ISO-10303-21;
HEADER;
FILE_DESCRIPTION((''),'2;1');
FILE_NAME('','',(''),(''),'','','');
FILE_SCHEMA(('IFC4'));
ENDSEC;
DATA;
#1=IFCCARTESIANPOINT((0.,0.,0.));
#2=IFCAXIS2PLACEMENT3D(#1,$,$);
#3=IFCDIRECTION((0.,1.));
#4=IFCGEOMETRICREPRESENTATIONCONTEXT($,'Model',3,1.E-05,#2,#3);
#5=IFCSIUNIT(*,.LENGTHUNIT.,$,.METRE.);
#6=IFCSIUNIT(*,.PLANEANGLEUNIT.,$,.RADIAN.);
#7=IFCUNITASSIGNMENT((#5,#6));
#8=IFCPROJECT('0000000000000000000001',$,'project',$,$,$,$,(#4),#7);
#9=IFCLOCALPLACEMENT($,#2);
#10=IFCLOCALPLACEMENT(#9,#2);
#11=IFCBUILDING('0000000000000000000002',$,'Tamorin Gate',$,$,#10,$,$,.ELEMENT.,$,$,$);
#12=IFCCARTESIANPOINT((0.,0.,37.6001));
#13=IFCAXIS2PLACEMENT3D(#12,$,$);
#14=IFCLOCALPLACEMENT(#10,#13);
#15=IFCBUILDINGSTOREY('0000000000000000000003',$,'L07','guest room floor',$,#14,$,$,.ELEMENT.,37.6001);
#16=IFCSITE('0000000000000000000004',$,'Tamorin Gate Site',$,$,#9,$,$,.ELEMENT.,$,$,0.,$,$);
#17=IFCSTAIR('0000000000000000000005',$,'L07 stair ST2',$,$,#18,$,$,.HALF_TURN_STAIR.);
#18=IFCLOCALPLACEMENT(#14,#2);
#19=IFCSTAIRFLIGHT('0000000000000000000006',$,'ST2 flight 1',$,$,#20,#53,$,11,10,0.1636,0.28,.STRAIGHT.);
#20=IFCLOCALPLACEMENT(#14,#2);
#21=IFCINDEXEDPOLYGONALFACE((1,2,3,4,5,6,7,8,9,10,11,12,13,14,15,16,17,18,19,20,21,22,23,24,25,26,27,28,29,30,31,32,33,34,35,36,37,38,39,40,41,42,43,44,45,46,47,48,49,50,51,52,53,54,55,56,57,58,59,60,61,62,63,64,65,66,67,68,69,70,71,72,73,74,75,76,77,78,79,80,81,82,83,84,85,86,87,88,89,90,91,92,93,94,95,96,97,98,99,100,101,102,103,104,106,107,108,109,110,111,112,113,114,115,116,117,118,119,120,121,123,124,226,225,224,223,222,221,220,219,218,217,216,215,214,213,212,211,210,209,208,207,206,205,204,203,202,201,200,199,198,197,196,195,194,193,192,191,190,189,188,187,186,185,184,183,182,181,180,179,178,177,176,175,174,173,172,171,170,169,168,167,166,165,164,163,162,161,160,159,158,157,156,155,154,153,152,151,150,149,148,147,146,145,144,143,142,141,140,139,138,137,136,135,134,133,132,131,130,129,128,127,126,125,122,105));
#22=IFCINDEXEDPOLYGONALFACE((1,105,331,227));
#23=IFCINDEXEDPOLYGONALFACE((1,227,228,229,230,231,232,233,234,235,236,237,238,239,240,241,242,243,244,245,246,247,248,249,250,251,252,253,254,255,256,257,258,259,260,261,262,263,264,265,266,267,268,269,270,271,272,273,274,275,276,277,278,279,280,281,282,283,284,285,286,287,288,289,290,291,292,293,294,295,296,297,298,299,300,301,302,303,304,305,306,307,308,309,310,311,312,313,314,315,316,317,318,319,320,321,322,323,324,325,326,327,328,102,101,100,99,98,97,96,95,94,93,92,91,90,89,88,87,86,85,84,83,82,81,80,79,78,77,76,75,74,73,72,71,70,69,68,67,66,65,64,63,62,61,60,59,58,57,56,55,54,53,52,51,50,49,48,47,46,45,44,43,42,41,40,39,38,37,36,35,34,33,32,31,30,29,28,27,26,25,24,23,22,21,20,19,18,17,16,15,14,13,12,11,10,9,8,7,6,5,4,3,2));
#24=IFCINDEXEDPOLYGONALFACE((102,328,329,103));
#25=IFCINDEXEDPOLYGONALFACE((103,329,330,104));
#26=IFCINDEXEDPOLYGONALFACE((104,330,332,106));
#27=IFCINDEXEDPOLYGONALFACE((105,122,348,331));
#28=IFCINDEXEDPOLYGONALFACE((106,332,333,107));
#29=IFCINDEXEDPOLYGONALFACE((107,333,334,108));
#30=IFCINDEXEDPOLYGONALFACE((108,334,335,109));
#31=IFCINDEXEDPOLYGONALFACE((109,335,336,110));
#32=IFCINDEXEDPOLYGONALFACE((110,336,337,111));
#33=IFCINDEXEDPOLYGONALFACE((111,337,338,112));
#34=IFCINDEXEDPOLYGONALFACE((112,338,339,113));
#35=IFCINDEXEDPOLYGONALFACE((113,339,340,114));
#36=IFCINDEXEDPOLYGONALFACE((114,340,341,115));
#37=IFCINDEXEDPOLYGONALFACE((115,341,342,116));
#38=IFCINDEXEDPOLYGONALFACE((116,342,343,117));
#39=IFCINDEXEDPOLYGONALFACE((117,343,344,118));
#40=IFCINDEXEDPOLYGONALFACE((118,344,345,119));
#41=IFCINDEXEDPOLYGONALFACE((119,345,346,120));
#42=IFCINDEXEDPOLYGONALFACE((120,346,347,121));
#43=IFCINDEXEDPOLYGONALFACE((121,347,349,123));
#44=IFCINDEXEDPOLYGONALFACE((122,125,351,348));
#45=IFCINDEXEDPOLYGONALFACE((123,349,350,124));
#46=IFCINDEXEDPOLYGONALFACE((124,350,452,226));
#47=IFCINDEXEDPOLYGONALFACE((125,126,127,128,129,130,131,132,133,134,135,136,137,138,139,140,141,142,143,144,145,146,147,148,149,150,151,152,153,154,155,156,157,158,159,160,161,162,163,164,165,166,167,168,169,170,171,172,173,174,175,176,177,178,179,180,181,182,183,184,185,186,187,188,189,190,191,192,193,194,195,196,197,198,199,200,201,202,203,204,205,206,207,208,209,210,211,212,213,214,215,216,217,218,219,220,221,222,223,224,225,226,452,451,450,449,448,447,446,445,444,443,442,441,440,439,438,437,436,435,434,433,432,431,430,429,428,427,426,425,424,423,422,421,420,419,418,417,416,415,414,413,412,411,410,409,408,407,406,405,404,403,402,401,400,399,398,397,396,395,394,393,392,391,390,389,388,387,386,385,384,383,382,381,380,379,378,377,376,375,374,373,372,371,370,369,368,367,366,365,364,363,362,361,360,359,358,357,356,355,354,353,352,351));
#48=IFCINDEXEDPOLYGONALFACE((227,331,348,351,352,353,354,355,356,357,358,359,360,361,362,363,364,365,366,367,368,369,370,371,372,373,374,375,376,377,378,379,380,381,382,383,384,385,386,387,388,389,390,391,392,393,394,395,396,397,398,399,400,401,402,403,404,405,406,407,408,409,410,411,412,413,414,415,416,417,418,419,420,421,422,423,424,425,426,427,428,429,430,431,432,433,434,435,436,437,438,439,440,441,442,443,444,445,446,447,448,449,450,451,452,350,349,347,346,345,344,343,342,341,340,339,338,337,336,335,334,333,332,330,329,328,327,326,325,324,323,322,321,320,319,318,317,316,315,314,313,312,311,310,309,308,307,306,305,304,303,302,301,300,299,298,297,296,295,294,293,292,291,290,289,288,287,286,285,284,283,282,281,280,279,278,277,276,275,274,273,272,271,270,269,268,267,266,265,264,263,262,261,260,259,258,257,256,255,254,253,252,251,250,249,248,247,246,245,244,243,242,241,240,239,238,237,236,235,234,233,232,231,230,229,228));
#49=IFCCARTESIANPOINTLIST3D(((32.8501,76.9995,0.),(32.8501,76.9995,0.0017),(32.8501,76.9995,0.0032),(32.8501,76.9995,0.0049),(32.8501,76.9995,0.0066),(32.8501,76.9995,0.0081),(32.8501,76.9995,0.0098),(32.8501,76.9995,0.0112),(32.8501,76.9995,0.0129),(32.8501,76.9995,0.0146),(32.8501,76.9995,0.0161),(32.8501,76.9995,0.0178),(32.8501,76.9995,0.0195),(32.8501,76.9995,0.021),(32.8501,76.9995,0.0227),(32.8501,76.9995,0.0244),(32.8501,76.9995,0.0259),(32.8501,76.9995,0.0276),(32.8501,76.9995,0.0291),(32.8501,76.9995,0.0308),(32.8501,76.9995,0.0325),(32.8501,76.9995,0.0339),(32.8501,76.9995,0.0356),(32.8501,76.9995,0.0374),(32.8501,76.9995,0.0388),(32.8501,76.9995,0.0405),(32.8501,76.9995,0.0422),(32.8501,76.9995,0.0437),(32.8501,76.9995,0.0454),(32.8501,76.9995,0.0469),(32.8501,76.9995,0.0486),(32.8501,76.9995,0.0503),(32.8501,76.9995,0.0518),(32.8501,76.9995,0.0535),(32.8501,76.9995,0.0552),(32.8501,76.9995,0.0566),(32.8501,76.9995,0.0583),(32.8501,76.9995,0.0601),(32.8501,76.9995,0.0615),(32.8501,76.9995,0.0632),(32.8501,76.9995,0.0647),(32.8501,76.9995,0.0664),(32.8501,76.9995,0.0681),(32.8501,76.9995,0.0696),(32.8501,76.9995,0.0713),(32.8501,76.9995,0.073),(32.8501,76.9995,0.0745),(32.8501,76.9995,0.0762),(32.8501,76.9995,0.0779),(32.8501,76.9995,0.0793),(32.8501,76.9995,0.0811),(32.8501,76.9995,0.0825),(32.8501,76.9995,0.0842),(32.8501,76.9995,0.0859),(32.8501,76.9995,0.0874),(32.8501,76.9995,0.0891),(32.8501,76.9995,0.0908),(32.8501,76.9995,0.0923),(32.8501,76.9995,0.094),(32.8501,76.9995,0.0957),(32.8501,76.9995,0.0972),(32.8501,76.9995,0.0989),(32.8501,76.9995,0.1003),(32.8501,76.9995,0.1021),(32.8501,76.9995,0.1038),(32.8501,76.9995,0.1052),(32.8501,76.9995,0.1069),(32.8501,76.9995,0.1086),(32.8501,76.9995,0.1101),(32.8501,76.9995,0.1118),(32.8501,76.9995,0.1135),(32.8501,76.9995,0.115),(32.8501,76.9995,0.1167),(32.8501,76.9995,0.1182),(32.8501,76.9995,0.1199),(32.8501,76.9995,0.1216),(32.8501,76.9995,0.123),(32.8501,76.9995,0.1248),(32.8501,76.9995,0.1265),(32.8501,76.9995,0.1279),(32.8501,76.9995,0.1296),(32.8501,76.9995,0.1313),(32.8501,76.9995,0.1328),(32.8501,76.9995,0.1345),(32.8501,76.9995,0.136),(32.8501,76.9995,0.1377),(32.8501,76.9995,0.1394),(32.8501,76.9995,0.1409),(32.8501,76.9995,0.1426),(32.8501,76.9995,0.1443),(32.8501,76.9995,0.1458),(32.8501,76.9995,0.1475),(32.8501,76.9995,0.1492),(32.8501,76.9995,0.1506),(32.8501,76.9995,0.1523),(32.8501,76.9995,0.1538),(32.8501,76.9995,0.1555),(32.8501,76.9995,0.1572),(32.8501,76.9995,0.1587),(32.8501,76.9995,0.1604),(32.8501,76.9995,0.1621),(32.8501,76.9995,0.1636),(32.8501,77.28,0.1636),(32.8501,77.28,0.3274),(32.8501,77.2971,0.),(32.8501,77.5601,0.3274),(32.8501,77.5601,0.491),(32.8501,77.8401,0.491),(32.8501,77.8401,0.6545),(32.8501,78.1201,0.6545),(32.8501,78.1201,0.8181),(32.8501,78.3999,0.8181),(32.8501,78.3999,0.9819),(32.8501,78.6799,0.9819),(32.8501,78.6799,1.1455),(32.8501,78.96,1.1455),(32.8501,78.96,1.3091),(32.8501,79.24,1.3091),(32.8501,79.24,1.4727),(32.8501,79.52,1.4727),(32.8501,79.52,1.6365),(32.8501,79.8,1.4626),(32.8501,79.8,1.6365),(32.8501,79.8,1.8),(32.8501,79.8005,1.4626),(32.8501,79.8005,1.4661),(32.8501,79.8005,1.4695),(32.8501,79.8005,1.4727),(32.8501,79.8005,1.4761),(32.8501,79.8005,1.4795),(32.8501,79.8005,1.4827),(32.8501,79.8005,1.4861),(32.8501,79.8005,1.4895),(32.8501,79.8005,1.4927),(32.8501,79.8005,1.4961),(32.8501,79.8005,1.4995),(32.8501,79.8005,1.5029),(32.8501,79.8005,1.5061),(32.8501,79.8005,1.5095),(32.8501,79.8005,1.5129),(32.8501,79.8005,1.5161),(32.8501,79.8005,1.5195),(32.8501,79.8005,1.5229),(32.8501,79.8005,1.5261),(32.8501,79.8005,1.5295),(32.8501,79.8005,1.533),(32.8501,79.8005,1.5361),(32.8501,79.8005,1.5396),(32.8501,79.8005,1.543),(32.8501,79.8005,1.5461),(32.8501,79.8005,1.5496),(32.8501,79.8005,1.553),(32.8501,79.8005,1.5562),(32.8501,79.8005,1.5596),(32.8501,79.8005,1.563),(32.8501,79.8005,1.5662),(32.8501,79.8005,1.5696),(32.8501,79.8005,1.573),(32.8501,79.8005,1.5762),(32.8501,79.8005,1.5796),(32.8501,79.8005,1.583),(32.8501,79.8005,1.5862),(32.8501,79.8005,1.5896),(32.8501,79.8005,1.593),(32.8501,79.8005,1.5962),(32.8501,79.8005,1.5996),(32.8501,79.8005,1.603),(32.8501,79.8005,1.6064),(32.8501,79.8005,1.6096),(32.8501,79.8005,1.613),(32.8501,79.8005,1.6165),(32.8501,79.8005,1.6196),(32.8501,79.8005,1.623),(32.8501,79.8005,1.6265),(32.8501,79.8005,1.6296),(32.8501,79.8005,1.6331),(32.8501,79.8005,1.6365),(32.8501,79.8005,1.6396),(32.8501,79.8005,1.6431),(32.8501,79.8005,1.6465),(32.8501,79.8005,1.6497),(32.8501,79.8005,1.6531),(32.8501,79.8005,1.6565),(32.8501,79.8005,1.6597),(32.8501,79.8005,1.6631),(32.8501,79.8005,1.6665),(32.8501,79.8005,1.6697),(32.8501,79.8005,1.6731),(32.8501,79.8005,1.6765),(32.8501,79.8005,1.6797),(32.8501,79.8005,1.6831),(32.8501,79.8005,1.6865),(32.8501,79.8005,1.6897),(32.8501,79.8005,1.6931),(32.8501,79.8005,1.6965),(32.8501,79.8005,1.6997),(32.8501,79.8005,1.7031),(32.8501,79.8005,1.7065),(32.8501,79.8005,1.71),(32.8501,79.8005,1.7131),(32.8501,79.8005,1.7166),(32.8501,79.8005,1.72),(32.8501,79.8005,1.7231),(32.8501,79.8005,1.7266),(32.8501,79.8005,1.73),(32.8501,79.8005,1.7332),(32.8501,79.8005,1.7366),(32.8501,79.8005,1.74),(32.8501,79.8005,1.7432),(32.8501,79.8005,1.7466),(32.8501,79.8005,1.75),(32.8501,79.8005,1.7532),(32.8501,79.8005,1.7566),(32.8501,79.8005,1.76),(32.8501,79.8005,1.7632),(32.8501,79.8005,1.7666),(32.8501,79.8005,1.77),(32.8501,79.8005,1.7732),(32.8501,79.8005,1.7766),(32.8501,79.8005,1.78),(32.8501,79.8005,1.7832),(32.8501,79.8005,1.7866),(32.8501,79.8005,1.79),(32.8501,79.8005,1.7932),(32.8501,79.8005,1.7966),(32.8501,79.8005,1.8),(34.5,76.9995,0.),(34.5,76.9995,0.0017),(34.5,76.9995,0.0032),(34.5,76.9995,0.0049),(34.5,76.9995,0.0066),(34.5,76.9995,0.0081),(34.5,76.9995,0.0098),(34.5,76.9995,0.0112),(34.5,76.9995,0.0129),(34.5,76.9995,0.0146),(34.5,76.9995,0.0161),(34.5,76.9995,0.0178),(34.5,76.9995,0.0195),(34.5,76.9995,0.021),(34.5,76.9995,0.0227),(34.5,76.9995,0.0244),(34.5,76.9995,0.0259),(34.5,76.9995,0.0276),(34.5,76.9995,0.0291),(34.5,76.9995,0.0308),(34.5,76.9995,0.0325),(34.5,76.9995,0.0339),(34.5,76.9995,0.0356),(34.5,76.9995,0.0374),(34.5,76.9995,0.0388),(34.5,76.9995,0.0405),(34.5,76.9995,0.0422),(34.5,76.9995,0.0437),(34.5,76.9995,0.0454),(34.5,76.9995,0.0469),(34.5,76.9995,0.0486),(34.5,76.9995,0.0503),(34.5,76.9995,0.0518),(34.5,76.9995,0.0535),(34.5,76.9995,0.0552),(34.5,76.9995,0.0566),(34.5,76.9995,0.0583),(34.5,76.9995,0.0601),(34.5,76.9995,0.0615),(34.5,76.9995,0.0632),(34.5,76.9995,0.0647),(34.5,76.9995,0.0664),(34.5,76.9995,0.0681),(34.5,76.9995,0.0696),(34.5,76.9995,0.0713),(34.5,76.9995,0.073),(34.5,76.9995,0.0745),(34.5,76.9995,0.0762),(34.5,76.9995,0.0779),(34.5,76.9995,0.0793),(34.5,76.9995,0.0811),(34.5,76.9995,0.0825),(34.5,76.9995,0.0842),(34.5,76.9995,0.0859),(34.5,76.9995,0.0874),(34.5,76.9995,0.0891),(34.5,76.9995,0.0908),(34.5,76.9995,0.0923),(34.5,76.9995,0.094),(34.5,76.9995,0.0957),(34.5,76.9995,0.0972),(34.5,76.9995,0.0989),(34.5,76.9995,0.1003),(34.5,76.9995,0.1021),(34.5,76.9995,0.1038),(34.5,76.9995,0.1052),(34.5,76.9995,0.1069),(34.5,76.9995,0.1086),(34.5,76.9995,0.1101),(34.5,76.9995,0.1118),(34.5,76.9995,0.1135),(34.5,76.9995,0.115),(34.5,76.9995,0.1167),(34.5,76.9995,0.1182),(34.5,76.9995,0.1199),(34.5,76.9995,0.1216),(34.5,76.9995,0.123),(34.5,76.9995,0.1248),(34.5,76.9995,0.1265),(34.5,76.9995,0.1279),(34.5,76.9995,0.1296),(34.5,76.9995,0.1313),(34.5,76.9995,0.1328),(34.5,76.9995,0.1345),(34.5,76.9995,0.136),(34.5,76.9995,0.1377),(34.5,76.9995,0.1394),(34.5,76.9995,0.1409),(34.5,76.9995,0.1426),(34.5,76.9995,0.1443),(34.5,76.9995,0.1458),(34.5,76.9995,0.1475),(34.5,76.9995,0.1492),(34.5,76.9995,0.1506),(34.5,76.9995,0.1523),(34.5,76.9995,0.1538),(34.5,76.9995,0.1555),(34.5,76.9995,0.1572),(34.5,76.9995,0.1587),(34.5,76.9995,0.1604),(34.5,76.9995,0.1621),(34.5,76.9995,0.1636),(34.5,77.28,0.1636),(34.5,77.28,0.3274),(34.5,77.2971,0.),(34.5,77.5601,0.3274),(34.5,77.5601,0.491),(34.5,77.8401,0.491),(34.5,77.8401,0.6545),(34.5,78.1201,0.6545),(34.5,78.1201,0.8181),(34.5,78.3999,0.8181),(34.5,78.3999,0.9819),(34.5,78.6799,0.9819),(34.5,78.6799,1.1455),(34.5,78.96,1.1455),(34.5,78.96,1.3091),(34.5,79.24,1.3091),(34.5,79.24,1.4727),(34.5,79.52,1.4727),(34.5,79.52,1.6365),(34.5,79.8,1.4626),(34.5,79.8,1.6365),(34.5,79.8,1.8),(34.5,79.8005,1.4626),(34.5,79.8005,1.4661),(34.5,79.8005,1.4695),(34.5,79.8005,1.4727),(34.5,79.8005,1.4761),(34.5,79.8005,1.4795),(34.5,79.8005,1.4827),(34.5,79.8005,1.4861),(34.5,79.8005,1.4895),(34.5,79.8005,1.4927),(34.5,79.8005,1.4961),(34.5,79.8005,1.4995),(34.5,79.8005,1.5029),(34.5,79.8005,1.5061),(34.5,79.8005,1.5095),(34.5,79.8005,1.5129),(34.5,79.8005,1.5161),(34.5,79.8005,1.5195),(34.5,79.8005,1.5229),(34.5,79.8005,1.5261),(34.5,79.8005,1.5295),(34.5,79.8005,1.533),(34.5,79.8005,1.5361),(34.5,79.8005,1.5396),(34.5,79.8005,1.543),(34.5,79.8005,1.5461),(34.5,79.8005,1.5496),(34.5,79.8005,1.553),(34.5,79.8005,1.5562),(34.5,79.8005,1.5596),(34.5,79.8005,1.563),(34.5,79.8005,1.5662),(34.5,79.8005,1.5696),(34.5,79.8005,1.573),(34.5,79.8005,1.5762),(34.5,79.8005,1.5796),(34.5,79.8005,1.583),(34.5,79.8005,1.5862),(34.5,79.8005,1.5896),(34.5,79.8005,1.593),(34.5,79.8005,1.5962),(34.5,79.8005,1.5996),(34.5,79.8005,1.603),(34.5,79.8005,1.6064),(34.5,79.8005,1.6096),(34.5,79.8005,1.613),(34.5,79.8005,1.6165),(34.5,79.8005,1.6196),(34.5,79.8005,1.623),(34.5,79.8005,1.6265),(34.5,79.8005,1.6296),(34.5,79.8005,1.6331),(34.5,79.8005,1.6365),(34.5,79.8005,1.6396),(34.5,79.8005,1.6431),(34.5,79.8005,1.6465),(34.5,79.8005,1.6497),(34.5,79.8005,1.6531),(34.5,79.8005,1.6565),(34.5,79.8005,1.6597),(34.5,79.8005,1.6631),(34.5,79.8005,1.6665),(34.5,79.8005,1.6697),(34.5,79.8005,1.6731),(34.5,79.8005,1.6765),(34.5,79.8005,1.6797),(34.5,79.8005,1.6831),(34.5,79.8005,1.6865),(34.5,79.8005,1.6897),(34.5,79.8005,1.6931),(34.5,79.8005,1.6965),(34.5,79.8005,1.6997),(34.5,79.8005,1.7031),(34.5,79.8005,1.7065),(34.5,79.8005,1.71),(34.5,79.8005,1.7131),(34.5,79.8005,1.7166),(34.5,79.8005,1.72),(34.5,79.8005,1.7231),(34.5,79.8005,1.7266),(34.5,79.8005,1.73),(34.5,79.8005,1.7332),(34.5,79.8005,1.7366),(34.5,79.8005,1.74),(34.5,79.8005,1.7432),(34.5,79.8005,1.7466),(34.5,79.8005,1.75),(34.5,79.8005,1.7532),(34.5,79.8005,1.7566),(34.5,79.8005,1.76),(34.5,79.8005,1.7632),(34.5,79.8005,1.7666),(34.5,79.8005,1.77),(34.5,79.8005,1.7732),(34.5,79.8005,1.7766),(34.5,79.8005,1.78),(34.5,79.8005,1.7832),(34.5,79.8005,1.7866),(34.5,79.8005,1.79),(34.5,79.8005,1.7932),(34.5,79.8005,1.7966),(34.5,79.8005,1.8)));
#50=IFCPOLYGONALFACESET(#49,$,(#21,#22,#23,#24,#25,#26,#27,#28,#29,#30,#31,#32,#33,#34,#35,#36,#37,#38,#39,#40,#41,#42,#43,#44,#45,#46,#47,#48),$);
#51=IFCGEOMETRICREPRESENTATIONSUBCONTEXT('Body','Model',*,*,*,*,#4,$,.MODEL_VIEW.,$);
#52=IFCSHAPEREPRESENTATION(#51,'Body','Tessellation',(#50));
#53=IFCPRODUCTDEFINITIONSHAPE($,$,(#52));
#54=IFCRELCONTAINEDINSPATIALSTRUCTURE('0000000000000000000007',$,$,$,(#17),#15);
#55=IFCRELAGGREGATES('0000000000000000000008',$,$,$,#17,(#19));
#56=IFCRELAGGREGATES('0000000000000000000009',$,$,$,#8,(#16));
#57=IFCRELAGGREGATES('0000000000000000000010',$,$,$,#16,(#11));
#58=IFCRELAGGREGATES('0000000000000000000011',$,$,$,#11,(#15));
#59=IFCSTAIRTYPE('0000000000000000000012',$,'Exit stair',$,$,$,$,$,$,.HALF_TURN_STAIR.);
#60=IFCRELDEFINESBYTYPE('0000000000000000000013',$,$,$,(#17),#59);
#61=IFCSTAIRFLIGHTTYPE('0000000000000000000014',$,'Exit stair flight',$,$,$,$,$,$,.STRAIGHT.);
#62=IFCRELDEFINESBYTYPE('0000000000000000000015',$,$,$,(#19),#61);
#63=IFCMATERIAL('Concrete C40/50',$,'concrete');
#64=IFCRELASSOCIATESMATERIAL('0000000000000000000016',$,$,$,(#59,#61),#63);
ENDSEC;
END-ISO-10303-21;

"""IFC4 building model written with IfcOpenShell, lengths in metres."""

from ifc_helpers import new_model, si_unit, direction, frame, origin, place, context, subcontext, project, spatial, polyline, outline, extrude, material, type_object, element, aggregate, save


model = new_model("IFC4")

# Units and contexts
model_context = context("Model", 3, precision=1e-05, world=origin(), true_north=direction((0.0, 1.0)))
body_context = subcontext(model_context, "Body", "Model", "MODEL_VIEW")
ifc_project = project(units=[si_unit("LENGTHUNIT", "METRE"), si_unit("PLANEANGLEUNIT", "RADIAN")], contexts=[model_context])

# Site, building, storey
site_placement = place(None, origin())
site = spatial("IfcSite", under=ifc_project, at=site_placement, Name="Tamorin Gate Site", CompositionType="ELEMENT", RefElevation=0.0)
building_placement = place(site_placement, origin())
building = spatial("IfcBuilding", under=site, at=building_placement, Name="Tamorin Gate", CompositionType="ELEMENT")
storey_placement = place(building_placement, frame((0.0, 0.0, 37.6001)))
storey = spatial("IfcBuildingStorey", under=building, at=storey_placement, Name="L07", Description="guest room floor", CompositionType="ELEMENT", Elevation=37.6001)

# Shared definitions
ifc_material_1 = material(Name="Concrete C40/50", Category="concrete")

# Stair, stair flight
stair_type = type_object("IfcStairType", Name="Exit stair", PredefinedType="HALF_TURN_STAIR", material=ifc_material_1)
stair_placement = place(storey_placement, origin())
stair = element("IfcStair", 1, at=stair_placement, inside=storey, type_object=stair_type, Name="L07 stair ST2", PredefinedType="HALF_TURN_STAIR")
stair_flight_type = type_object("IfcStairFlightType", Name="Exit stair flight", PredefinedType="STRAIGHT", material=ifc_material_1)
stair_flight_1_placement = place(storey_placement, frame((33.675, 77.0, 0.0), z_axis=(0.0, 0.0, 1.0), x_axis=(0.0, 1.0, 0.0)))
stair_flight_1 = element("IfcStairFlight", 2, at=stair_flight_1_placement, type_object=stair_flight_type, Name="ST2 flight 1", NumberOfRisers=11, NumberOfTreads=10, PredefinedType="STRAIGHT", RiserHeight=0.1636, TreadLength=0.28, context=body_context, shape_type="SweptSolid", body=[
    extrude(outline(polyline([(-0.0005, 0.0), (-0.0005, 0.0017), (-0.0005, 0.0032), (-0.0005, 0.0049), (-0.0005, 0.0066), (-0.0005, 0.0081), (-0.0005, 0.0098), (-0.0005, 0.0112), (-0.0005, 0.0129), (-0.0005, 0.0146), (-0.0005, 0.0161), (-0.0005, 0.0178), (-0.0005, 0.0195), (-0.0005, 0.021), (-0.0005, 0.0227), (-0.0005, 0.0244), (-0.0005, 0.0259), (-0.0005, 0.0276), (-0.0005, 0.0291), (-0.0005, 0.0308), (-0.0005, 0.0325), (-0.0005, 0.0339), (-0.0005, 0.0356), (-0.0005, 0.0374), (-0.0005, 0.0388), (-0.0005, 0.0405), (-0.0005, 0.0422), (-0.0005, 0.0437), (-0.0005, 0.0454), (-0.0005, 0.0469), (-0.0005, 0.0486), (-0.0005, 0.0503), (-0.0005, 0.0518), (-0.0005, 0.0535), (-0.0005, 0.0552), (-0.0005, 0.0566), (-0.0005, 0.0583), (-0.0005, 0.0601), (-0.0005, 0.0615), (-0.0005, 0.0632), (-0.0005, 0.0647), (-0.0005, 0.0664), (-0.0005, 0.0681), (-0.0005, 0.0696), (-0.0005, 0.0713), (-0.0005, 0.073), (-0.0005, 0.0745), (-0.0005, 0.0762), (-0.0005, 0.0779), (-0.0005, 0.0793), (-0.0005, 0.0811), (-0.0005, 0.0825), (-0.0005, 0.0842), (-0.0005, 0.0859), (-0.0005, 0.0874), (-0.0005, 0.0891), (-0.0005, 0.0908), (-0.0005, 0.0923), (-0.0005, 0.094), (-0.0005, 0.0957), (-0.0005, 0.0972), (-0.0005, 0.0989), (-0.0005, 0.1003), (-0.0005, 0.1021), (-0.0005, 0.1038), (-0.0005, 0.1052), (-0.0005, 0.1069), (-0.0005, 0.1086), (-0.0005, 0.1101), (-0.0005, 0.1118), (-0.0005, 0.1135), (-0.0005, 0.115), (-0.0005, 0.1167), (-0.0005, 0.1182), (-0.0005, 0.1199), (-0.0005, 0.1216), (-0.0005, 0.123), (-0.0005, 0.1248), (-0.0005, 0.1265), (-0.0005, 0.1279), (-0.0005, 0.1296), (-0.0005, 0.1313), (-0.0005, 0.1328), (-0.0005, 0.1345), (-0.0005, 0.136), (-0.0005, 0.1377), (-0.0005, 0.1394), (-0.0005, 0.1409), (-0.0005, 0.1426), (-0.0005, 0.1443), (-0.0005, 0.1458), (-0.0005, 0.1475), (-0.0005, 0.1492), (-0.0005, 0.1506), (-0.0005, 0.1523), (-0.0005, 0.1538), (-0.0005, 0.1555), (-0.0005, 0.1572), (-0.0005, 0.1587), (-0.0005, 0.1604), (-0.0005, 0.1621), (-0.0005, 0.1636), (0.28, 0.1636), (0.28, 0.3274), (0.5601, 0.3274), (0.5601, 0.491), (0.8401, 0.491), (0.8401, 0.6545), (1.1201, 0.6545), (1.1201, 0.8181), (1.3999, 0.8181), (1.3999, 0.9819), (1.6799, 0.9819), (1.6799, 1.1455), (1.96, 1.1455), (1.96, 1.3091), (2.24, 1.3091), (2.24, 1.4727), (2.52, 1.4727), (2.52, 1.6365), (2.8, 1.6365), (2.8, 1.8), (2.8005, 1.8), (2.8005, 1.7966), (2.8005, 1.7932), (2.8005, 1.79), (2.8005, 1.7866), (2.8005, 1.7832), (2.8005, 1.78), (2.8005, 1.7766), (2.8005, 1.7732), (2.8005, 1.77), (2.8005, 1.7666), (2.8005, 1.7632), (2.8005, 1.76), (2.8005, 1.7566), (2.8005, 1.7532), (2.8005, 1.75), (2.8005, 1.7466), (2.8005, 1.7432), (2.8005, 1.74), (2.8005, 1.7366), (2.8005, 1.7332), (2.8005, 1.73), (2.8005, 1.7266), (2.8005, 1.7231), (2.8005, 1.72), (2.8005, 1.7166), (2.8005, 1.7131), (2.8005, 1.71), (2.8005, 1.7065), (2.8005, 1.7031), (2.8005, 1.6997), (2.8005, 1.6965), (2.8005, 1.6931), (2.8005, 1.6897), (2.8005, 1.6865), (2.8005, 1.6831), (2.8005, 1.6797), (2.8005, 1.6765), (2.8005, 1.6731), (2.8005, 1.6697), (2.8005, 1.6665), (2.8005, 1.6631), (2.8005, 1.6597), (2.8005, 1.6565), (2.8005, 1.6531), (2.8005, 1.6497), (2.8005, 1.6465), (2.8005, 1.6431), (2.8005, 1.6396), (2.8005, 1.6365), (2.8005, 1.6331), (2.8005, 1.6296), (2.8005, 1.6265), (2.8005, 1.623), (2.8005, 1.6196), (2.8005, 1.6165), (2.8005, 1.613), (2.8005, 1.6096), (2.8005, 1.6064), (2.8005, 1.603), (2.8005, 1.5996), (2.8005, 1.5962), (2.8005, 1.593), (2.8005, 1.5896), (2.8005, 1.5862), (2.8005, 1.583), (2.8005, 1.5796), (2.8005, 1.5762), (2.8005, 1.573), (2.8005, 1.5696), (2.8005, 1.5662), (2.8005, 1.563), (2.8005, 1.5596), (2.8005, 1.5562), (2.8005, 1.553), (2.8005, 1.5496), (2.8005, 1.5461), (2.8005, 1.543), (2.8005, 1.5396), (2.8005, 1.5361), (2.8005, 1.533), (2.8005, 1.5295), (2.8005, 1.5261), (2.8005, 1.5229), (2.8005, 1.5195), (2.8005, 1.5161), (2.8005, 1.5129), (2.8005, 1.5095), (2.8005, 1.5061), (2.8005, 1.5029), (2.8005, 1.4995), (2.8005, 1.4961), (2.8005, 1.4927), (2.8005, 1.4895), (2.8005, 1.4861), (2.8005, 1.4827), (2.8005, 1.4795), (2.8005, 1.4761), (2.8005, 1.4727), (2.8005, 1.4695), (2.8005, 1.4661), (2.8005, 1.4626), (2.8, 1.4626), (0.2971, 0.0), (-0.0005, 0.0)])), frame((0.0, 0.825, 0.0), z_axis=(0.0, -1.0, 0.0), x_axis=(1.0, 0.0, 0.0)), (0.0, 0.0, 1.0), 1.6499),
])
aggregate(stair, [stair_flight_1])

save(model, "model.ifc")
